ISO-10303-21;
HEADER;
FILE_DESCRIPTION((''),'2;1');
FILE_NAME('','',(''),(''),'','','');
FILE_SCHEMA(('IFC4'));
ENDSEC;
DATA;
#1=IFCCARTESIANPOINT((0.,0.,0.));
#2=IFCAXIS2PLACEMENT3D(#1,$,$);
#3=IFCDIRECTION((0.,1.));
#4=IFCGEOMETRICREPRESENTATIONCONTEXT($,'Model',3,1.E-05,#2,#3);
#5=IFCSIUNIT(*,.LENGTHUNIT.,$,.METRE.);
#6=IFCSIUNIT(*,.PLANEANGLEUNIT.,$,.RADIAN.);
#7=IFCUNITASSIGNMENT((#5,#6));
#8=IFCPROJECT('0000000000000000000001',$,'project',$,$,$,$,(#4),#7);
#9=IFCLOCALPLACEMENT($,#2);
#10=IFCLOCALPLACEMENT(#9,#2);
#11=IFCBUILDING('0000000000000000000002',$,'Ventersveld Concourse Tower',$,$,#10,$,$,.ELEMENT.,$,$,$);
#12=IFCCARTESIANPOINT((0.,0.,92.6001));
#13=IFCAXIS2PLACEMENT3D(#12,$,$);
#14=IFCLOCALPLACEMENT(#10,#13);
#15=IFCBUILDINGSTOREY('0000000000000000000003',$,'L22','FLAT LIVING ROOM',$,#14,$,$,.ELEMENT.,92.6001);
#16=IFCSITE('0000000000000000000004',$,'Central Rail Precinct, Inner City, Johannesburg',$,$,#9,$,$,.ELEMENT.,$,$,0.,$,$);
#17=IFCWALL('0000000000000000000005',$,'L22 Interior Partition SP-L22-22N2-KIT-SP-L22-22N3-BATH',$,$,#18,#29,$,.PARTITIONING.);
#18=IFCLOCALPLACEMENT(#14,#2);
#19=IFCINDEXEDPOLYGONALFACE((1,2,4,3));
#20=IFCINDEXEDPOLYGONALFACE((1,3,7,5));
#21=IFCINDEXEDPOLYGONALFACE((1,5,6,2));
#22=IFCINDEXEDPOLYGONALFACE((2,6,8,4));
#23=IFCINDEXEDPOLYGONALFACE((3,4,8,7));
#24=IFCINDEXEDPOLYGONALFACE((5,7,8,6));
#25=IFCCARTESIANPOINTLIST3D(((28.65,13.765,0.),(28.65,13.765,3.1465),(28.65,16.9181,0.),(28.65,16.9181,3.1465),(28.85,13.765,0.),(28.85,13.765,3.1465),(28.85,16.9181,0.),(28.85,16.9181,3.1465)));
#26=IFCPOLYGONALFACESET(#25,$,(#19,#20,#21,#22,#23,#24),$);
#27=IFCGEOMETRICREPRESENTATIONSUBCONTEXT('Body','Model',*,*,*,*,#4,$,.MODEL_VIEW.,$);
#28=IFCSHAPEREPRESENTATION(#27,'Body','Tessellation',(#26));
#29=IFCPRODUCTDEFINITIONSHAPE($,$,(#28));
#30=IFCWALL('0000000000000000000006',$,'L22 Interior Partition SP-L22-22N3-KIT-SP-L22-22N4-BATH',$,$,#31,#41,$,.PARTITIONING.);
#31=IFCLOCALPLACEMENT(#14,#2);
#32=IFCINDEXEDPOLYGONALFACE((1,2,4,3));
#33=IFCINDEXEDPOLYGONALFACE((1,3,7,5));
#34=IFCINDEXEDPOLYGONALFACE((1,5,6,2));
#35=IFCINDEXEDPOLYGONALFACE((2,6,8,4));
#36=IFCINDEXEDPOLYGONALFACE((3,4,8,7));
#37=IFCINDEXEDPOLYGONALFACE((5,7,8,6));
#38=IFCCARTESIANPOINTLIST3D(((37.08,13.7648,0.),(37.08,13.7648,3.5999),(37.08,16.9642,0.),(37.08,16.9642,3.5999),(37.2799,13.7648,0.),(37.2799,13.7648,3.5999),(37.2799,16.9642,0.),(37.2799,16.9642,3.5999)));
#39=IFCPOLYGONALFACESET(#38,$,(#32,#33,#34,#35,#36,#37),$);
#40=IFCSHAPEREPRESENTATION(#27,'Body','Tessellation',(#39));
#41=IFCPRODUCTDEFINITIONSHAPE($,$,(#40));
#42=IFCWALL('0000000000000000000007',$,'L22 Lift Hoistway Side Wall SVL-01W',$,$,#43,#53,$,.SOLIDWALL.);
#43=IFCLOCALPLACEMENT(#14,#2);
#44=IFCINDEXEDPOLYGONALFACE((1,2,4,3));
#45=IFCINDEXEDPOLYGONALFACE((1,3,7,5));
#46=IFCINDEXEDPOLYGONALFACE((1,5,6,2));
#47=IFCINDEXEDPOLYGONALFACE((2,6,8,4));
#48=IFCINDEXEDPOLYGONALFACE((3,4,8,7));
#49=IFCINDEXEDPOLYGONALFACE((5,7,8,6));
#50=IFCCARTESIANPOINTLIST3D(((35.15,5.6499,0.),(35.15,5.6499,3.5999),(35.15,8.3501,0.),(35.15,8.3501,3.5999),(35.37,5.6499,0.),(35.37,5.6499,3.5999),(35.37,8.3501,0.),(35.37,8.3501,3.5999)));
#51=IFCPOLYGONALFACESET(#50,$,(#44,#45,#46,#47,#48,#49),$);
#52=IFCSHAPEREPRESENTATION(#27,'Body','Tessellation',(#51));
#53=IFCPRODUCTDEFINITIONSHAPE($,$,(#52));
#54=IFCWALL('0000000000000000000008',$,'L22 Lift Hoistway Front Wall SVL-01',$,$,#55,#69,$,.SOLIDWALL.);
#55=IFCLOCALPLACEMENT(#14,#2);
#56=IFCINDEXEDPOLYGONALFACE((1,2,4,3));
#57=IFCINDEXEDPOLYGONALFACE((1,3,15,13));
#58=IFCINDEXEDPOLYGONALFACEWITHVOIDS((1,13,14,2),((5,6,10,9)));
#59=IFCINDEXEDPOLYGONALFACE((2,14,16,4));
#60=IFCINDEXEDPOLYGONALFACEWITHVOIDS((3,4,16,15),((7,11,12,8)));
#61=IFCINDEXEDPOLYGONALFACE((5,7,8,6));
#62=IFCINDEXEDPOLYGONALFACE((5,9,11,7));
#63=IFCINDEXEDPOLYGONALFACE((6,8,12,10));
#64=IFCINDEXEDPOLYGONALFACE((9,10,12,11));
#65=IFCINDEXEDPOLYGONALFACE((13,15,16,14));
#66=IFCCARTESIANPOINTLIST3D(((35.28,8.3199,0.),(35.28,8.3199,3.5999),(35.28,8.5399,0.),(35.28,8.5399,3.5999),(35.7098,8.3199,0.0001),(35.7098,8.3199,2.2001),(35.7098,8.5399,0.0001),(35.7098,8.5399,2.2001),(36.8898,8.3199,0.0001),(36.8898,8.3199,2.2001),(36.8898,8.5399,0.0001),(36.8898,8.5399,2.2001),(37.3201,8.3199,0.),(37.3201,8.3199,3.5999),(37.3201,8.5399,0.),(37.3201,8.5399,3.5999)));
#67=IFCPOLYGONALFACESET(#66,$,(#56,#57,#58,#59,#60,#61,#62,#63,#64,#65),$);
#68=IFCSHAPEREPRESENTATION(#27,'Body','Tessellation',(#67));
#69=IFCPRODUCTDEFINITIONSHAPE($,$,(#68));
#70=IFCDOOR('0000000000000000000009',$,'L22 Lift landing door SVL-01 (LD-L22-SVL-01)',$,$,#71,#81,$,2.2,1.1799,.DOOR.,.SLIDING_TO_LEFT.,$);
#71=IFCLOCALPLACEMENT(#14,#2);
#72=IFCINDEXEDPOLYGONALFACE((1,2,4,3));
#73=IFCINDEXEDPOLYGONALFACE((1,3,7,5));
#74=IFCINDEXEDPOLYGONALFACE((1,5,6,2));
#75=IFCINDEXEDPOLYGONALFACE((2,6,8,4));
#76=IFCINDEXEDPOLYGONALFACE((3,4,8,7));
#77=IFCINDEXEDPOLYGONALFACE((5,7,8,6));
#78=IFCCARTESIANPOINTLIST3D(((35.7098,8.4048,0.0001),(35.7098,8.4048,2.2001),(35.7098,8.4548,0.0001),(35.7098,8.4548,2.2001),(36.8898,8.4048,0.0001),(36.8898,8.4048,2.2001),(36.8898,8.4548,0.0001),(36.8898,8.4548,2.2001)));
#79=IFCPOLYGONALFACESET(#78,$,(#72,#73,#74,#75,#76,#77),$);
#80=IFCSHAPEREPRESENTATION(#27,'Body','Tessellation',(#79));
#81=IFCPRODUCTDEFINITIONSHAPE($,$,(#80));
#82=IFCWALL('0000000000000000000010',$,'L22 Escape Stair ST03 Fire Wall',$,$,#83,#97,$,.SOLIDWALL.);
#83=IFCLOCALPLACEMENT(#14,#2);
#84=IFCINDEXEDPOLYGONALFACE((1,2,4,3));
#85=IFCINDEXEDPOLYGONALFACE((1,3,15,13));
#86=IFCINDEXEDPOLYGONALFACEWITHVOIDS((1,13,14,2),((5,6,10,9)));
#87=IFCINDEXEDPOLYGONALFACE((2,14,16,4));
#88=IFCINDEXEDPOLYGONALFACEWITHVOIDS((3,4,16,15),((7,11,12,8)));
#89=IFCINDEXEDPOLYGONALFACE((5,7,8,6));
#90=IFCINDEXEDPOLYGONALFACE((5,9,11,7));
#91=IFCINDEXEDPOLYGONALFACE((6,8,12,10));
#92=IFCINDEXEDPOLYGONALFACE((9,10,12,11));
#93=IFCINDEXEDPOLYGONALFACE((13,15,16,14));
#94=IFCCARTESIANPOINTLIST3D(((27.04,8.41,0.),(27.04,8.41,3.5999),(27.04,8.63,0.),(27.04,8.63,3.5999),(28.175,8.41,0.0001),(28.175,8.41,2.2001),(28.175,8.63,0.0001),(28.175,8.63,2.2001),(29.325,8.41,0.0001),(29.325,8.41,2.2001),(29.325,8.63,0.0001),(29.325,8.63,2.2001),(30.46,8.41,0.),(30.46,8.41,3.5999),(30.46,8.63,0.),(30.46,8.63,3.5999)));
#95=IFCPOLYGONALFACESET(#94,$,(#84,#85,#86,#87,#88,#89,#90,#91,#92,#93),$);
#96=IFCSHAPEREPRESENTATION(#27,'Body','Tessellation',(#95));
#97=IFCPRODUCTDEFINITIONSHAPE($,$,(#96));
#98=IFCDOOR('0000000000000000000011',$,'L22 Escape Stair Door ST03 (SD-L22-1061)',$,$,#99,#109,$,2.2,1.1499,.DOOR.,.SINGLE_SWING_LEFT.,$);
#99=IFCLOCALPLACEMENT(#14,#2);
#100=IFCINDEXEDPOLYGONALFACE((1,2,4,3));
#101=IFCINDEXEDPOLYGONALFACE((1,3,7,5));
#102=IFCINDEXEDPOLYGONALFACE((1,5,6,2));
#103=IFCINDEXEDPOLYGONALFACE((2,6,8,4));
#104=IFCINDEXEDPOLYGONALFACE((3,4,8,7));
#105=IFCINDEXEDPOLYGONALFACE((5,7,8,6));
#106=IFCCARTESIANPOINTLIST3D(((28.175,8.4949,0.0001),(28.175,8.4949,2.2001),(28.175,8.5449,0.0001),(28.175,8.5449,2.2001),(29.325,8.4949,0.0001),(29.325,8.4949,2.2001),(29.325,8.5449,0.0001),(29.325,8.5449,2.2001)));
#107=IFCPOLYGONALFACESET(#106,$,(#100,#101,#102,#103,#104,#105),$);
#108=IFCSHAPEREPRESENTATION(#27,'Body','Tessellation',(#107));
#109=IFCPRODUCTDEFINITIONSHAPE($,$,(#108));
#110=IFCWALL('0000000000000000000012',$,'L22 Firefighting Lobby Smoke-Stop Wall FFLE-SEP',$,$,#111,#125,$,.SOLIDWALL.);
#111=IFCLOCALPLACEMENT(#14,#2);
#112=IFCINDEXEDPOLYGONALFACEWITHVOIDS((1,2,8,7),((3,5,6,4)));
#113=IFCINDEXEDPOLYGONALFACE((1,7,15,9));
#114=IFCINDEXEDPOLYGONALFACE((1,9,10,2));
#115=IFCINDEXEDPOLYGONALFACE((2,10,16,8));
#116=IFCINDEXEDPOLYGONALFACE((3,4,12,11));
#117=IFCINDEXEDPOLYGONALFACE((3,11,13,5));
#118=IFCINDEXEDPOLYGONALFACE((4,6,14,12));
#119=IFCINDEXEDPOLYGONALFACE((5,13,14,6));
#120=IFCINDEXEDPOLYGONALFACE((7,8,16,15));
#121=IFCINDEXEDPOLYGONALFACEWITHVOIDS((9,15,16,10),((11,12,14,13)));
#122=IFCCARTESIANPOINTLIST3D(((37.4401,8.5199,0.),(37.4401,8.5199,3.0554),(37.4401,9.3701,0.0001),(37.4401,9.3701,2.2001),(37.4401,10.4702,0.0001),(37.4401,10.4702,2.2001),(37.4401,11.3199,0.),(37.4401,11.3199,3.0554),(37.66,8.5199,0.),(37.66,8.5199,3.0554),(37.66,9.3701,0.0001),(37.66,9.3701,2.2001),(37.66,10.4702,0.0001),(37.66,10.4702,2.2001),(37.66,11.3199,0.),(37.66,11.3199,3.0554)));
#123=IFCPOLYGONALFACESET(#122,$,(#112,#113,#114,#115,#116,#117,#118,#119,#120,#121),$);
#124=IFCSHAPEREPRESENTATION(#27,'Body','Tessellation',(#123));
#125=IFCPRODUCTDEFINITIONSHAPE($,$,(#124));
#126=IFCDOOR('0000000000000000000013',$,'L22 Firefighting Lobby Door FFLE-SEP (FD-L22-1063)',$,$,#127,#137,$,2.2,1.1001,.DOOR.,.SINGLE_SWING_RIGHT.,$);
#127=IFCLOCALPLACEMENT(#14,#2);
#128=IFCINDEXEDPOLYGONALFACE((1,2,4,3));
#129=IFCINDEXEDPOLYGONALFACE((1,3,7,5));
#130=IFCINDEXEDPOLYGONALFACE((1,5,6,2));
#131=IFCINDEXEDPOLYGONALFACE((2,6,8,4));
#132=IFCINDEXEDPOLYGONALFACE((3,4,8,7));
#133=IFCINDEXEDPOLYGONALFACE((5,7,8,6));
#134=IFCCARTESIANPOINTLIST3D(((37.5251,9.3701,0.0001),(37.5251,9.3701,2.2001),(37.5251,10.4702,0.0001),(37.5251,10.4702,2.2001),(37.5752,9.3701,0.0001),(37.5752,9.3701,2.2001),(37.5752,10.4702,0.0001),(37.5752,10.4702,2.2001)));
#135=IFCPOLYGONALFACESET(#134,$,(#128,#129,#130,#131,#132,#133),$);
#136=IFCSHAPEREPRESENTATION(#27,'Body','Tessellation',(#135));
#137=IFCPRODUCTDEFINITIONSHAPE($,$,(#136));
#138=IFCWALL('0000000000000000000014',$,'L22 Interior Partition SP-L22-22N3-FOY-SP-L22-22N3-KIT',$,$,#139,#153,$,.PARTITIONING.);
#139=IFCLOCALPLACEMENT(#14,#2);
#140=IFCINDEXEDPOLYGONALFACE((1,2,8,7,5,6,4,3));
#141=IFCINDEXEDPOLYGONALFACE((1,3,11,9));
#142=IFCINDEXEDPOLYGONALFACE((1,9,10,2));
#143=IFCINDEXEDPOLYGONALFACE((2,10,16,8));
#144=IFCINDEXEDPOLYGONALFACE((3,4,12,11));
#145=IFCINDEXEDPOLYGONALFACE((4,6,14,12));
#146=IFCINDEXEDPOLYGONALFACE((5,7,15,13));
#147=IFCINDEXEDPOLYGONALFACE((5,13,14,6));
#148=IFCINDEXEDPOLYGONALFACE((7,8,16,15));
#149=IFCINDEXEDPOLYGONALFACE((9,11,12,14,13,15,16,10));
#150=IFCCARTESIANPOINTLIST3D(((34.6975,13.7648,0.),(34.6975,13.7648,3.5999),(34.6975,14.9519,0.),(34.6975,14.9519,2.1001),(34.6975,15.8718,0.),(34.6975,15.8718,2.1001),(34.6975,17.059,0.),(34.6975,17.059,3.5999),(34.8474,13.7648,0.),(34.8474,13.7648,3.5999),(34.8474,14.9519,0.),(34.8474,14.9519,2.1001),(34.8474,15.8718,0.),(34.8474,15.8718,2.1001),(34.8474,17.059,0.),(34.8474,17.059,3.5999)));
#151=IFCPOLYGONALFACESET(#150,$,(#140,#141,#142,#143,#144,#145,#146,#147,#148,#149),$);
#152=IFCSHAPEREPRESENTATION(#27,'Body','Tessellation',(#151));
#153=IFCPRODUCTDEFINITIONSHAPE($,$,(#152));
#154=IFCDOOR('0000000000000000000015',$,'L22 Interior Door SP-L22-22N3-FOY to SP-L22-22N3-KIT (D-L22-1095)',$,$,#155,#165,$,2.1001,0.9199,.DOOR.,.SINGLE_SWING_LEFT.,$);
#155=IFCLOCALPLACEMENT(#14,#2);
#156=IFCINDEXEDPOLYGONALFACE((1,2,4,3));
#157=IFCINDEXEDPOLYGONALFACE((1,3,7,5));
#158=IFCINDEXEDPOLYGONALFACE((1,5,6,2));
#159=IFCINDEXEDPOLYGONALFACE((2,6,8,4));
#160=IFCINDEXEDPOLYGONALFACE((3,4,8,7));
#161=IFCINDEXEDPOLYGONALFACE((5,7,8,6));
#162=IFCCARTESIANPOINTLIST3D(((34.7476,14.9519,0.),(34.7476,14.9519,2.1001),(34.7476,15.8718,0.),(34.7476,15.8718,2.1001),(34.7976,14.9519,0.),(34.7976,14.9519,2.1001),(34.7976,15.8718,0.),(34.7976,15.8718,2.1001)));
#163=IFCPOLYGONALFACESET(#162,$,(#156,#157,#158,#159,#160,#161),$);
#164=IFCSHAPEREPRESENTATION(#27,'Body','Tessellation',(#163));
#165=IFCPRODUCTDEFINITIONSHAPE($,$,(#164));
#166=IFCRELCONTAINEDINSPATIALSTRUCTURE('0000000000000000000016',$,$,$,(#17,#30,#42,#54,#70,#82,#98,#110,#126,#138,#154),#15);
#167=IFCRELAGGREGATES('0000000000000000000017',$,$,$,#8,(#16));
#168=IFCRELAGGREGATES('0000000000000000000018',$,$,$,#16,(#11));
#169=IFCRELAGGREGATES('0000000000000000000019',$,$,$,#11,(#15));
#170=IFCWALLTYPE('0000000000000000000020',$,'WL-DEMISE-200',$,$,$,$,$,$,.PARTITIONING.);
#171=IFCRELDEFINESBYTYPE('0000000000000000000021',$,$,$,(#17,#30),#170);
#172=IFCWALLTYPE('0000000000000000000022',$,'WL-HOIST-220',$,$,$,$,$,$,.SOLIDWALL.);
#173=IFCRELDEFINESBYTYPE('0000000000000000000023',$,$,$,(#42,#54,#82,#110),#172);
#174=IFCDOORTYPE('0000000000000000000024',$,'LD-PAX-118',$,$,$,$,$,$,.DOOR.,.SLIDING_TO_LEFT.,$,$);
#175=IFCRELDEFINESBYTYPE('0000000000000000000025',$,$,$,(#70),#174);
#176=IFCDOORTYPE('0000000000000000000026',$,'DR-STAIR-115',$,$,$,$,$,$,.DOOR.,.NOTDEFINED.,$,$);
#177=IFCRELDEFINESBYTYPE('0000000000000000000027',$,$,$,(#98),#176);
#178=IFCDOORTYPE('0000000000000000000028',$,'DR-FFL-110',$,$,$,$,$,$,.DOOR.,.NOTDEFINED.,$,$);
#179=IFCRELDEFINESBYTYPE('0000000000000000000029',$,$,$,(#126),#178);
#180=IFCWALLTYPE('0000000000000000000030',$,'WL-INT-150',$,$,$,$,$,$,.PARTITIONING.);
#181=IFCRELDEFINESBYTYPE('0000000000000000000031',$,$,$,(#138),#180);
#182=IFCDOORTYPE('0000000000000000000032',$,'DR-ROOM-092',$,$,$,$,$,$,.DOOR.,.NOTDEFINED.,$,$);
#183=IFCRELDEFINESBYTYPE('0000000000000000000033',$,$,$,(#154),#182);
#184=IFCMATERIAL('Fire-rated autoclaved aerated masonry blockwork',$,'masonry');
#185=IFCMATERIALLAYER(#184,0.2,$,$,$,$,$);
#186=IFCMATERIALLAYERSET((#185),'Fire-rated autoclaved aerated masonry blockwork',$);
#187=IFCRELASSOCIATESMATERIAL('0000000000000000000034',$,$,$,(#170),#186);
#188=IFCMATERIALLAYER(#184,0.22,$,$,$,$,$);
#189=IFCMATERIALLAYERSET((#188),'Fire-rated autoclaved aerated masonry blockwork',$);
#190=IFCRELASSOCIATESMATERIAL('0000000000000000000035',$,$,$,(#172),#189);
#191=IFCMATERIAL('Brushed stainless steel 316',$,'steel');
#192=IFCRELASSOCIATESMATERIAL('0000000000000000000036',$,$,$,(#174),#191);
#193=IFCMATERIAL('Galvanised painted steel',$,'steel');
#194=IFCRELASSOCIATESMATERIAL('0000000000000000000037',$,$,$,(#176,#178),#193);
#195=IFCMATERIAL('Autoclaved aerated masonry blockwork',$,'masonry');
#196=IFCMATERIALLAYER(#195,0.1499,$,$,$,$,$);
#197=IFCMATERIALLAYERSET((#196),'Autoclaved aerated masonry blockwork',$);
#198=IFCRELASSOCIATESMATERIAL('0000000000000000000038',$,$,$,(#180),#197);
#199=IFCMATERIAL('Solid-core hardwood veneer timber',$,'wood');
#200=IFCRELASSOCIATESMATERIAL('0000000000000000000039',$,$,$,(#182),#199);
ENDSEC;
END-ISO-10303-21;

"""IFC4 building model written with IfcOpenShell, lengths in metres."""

from ifc_helpers import new_model, si_unit, direction, frame, frame_2d, origin, place, context, subcontext, project, spatial, rectangle, extrude, material, layer, layer_set, type_object, element, fill, save


model = new_model("IFC4")

# Units and contexts
model_context = context("Model", 3, precision=1e-05, world=origin(), true_north=direction((0.0, 1.0)))
body_context = subcontext(model_context, "Body", "Model", "MODEL_VIEW")
ifc_project = project(units=[si_unit("LENGTHUNIT", "METRE"), si_unit("PLANEANGLEUNIT", "RADIAN")], contexts=[model_context])

# Site, building, storey
site_placement = place(None, origin())
site = spatial("IfcSite", under=ifc_project, at=site_placement, Name="Central Rail Precinct, Inner City, Johannesburg", CompositionType="ELEMENT", RefElevation=0.0)
building_placement = place(site_placement, origin())
building = spatial("IfcBuilding", under=site, at=building_placement, Name="Ventersveld Concourse Tower", CompositionType="ELEMENT")
storey_placement = place(building_placement, frame((0.0, 0.0, 92.6001)))
storey = spatial("IfcBuildingStorey", under=building, at=storey_placement, Name="L22", Description="FLAT LIVING ROOM", CompositionType="ELEMENT", Elevation=92.6001)

# Shared definitions
ifc_material_1 = material(Name="Fire-rated autoclaved aerated masonry blockwork", Category="masonry")
ifc_material_2 = material(Name="Galvanised painted steel", Category="steel")

# Shared definitions
ifc_material_3 = material(Name="Solid-core hardwood veneer timber", Category="wood")

# Walls
ifc_layer_1 = layer(ifc_material_1, 0.2)
ifc_layer_set_1 = layer_set([ifc_layer_1], Name="Fire-rated autoclaved aerated masonry blockwork")
wall_type_1 = type_object("IfcWallType", Name="WL-DEMISE-200", PredefinedType="PARTITIONING", material=ifc_layer_set_1)
wall_1_placement = place(storey_placement, frame((28.75, 13.7649, 0.0), z_axis=(0.0, 0.0, 1.0), x_axis=(0.0, 1.0, 0.0)))
element("IfcWall", 1, at=wall_1_placement, inside=storey, type_object=wall_type_1, Name="L22 Interior Partition SP-L22-22N2-KIT-SP-L22-22N3-BATH", PredefinedType="PARTITIONING", context=body_context, shape_type="SweptSolid", body=[
    extrude(rectangle(XDim=3.1531, YDim=0.2, at=frame_2d((1.5767, 0.0))), origin(), (0.0, 0.0, 1.0), 3.1465),
])
wall_2_placement = place(storey_placement, frame((37.1799, 13.7649, 0.0), z_axis=(0.0, 0.0, 1.0), x_axis=(0.0, 1.0, 0.0)))
element("IfcWall", 2, at=wall_2_placement, inside=storey, type_object=wall_type_1, Name="L22 Interior Partition SP-L22-22N3-KIT-SP-L22-22N4-BATH", PredefinedType="PARTITIONING", context=body_context, shape_type="SweptSolid", body=[
    extrude(rectangle(XDim=3.1995, YDim=0.2, at=frame_2d((1.5996, 0.0))), origin(), (0.0, 0.0, 1.0), 3.5999),
])
ifc_layer_2 = layer(ifc_material_1, 0.22)
ifc_layer_set_2 = layer_set([ifc_layer_2], Name="Fire-rated autoclaved aerated masonry blockwork")
wall_type_2 = type_object("IfcWallType", Name="WL-HOIST-220", PredefinedType="SOLIDWALL", material=ifc_layer_set_2)
wall_3_placement = place(storey_placement, frame((35.26, 5.6499, 0.0), z_axis=(0.0, 0.0, 1.0), x_axis=(0.0, 1.0, 0.0)))
element("IfcWall", 3, at=wall_3_placement, inside=storey, type_object=wall_type_2, Name="L22 Lift Hoistway Side Wall SVL-01W", PredefinedType="SOLIDWALL", context=body_context, shape_type="SweptSolid", body=[
    extrude(rectangle(XDim=2.7002, YDim=0.22, at=frame_2d((1.3501, 0.0))), origin(), (0.0, 0.0, 1.0), 3.5999),
])

# Walls, openings, doors
wall_4_placement = place(storey_placement, frame((35.28, 8.4299, 0.0), z_axis=(0.0, 0.0, 1.0), x_axis=(1.0, 0.0, 0.0)))
wall_4 = element("IfcWall", 4, at=wall_4_placement, inside=storey, type_object=wall_type_2, Name="L22 Lift Hoistway Front Wall SVL-01", PredefinedType="SOLIDWALL", context=body_context, shape_type="SweptSolid", body=[
    extrude(rectangle(XDim=2.04, YDim=0.22, at=frame_2d((1.02, 0.0))), origin(), (0.0, 0.0, 1.0), 3.5999),
])
opening_1_placement = place(wall_4_placement, frame((0.4299, 0.0, 0.0)))
opening_1 = element("IfcOpeningElement", 5, at=opening_1_placement, cuts=wall_4, PredefinedType="OPENING", context=body_context, shape_type="SweptSolid", body=[
    extrude(rectangle(XDim=1.1799, YDim=2.2, at=frame_2d((0.5898, 1.1001))), frame((0.0, 0.1201, 0.0), z_axis=(0.0, -1.0, 0.0), x_axis=(1.0, 0.0, 0.0)), (0.0, 0.0, 1.0), 0.24),
])
ifc_material_4 = material(Name="Brushed stainless steel 316", Category="steel")
door_type_1 = type_object("IfcDoorType", Name="LD-PAX-118", OperationType="SLIDING_TO_LEFT", PredefinedType="DOOR", material=ifc_material_4)
door_1_placement = place(opening_1_placement, origin())
door_1 = element("IfcDoor", 6, at=door_1_placement, inside=storey, type_object=door_type_1, Name="L22 Lift landing door SVL-01 (LD-L22-SVL-01)", OperationType="SLIDING_TO_LEFT", OverallHeight=2.2, OverallWidth=1.1799, PredefinedType="DOOR", context=body_context, shape_type="SweptSolid", body=[
    extrude(rectangle(XDim=1.1799, YDim=2.2, at=frame_2d((0.5898, 1.1001))), frame((0.0, 0.0249, 0.0), z_axis=(0.0, -1.0, 0.0), x_axis=(1.0, 0.0, 0.0)), (0.0, 0.0, 1.0), 0.05),
])
fill(opening_1, door_1)
wall_5_placement = place(storey_placement, frame((27.04, 8.52, 0.0), z_axis=(0.0, 0.0, 1.0), x_axis=(1.0, 0.0, 0.0)))
wall_5 = element("IfcWall", 7, at=wall_5_placement, inside=storey, type_object=wall_type_2, Name="L22 Escape Stair ST03 Fire Wall", PredefinedType="SOLIDWALL", context=body_context, shape_type="SweptSolid", body=[
    extrude(rectangle(XDim=3.4199, YDim=0.22, at=frame_2d((1.71, 0.0))), origin(), (0.0, 0.0, 1.0), 3.5999),
])
opening_2_placement = place(wall_5_placement, frame((1.135, 0.0, 0.0)))
opening_2 = element("IfcOpeningElement", 8, at=opening_2_placement, cuts=wall_5, PredefinedType="OPENING", context=body_context, shape_type="SweptSolid", body=[
    extrude(rectangle(XDim=1.1499, YDim=2.2, at=frame_2d((0.575, 1.1001))), frame((0.0, 0.1201, 0.0), z_axis=(0.0, -1.0, 0.0), x_axis=(1.0, 0.0, 0.0)), (0.0, 0.0, 1.0), 0.24),
])
door_type_2 = type_object("IfcDoorType", Name="DR-STAIR-115", OperationType="NOTDEFINED", PredefinedType="DOOR", material=ifc_material_2)
door_2_placement = place(opening_2_placement, origin())
door_2 = element("IfcDoor", 9, at=door_2_placement, inside=storey, type_object=door_type_2, Name="L22 Escape Stair Door ST03 (SD-L22-1061)", OperationType="SINGLE_SWING_LEFT", OverallHeight=2.2, OverallWidth=1.1499, PredefinedType="DOOR", context=body_context, shape_type="SweptSolid", body=[
    extrude(rectangle(XDim=1.1499, YDim=2.2, at=frame_2d((0.575, 1.1001))), frame((0.0, 0.0249, 0.0), z_axis=(0.0, -1.0, 0.0), x_axis=(1.0, 0.0, 0.0)), (0.0, 0.0, 1.0), 0.05),
])
fill(opening_2, door_2)
wall_6_placement = place(storey_placement, frame((37.55, 8.52, 0.0), z_axis=(0.0, 0.0, 1.0), x_axis=(0.0, 1.0, 0.0)))
wall_6 = element("IfcWall", 10, at=wall_6_placement, inside=storey, type_object=wall_type_2, Name="L22 Firefighting Lobby Smoke-Stop Wall FFLE-SEP", PredefinedType="SOLIDWALL", context=body_context, shape_type="SweptSolid", body=[
    extrude(rectangle(XDim=2.8, YDim=0.22, at=frame_2d((1.3999, 0.0))), origin(), (0.0, 0.0, 1.0), 3.0554),
])
opening_3_placement = place(wall_6_placement, frame((0.8501, 0.0, 0.0)))
opening_3 = element("IfcOpeningElement", 11, at=opening_3_placement, cuts=wall_6, PredefinedType="OPENING", context=body_context, shape_type="SweptSolid", body=[
    extrude(rectangle(XDim=1.1001, YDim=2.2, at=frame_2d((0.55, 1.1001))), frame((0.0, 0.1201, 0.0), z_axis=(0.0, -1.0, 0.0), x_axis=(1.0, 0.0, 0.0)), (0.0, 0.0, 1.0), 0.24),
])
door_type_3 = type_object("IfcDoorType", Name="DR-FFL-110", OperationType="NOTDEFINED", PredefinedType="DOOR", material=ifc_material_2)
door_3_placement = place(opening_3_placement, origin())
door_3 = element("IfcDoor", 12, at=door_3_placement, inside=storey, type_object=door_type_3, Name="L22 Firefighting Lobby Door FFLE-SEP (FD-L22-1063)", OperationType="SINGLE_SWING_RIGHT", OverallHeight=2.2, OverallWidth=1.1001, PredefinedType="DOOR", context=body_context, shape_type="SweptSolid", body=[
    extrude(rectangle(XDim=1.1001, YDim=2.2, at=frame_2d((0.55, 1.1001))), frame((0.0, 0.0249, 0.0), z_axis=(0.0, -1.0, 0.0), x_axis=(1.0, 0.0, 0.0)), (0.0, 0.0, 1.0), 0.05),
])
fill(opening_3, door_3)
ifc_material_5 = material(Name="Autoclaved aerated masonry blockwork", Category="masonry")
ifc_layer_3 = layer(ifc_material_5, 0.1499)
ifc_layer_set_3 = layer_set([ifc_layer_3], Name="Autoclaved aerated masonry blockwork")
wall_type_3 = type_object("IfcWallType", Name="WL-INT-150", PredefinedType="PARTITIONING", material=ifc_layer_set_3)
wall_7_placement = place(storey_placement, frame((34.7725, 13.7649, 0.0), z_axis=(0.0, 0.0, 1.0), x_axis=(0.0, 1.0, 0.0)))
wall_7 = element("IfcWall", 13, at=wall_7_placement, inside=storey, type_object=wall_type_3, Name="L22 Interior Partition SP-L22-22N3-FOY-SP-L22-22N3-KIT", PredefinedType="PARTITIONING", context=body_context, shape_type="SweptSolid", body=[
    extrude(rectangle(XDim=3.2942, YDim=0.1499, at=frame_2d((1.647, 0.0))), origin(), (0.0, 0.0, 1.0), 3.5999),
])
opening_4_placement = place(wall_7_placement, frame((1.187, 0.0, 0.0)))
opening_4 = element("IfcOpeningElement", 14, at=opening_4_placement, cuts=wall_7, PredefinedType="OPENING", context=body_context, shape_type="SweptSolid", body=[
    extrude(rectangle(XDim=0.9199, YDim=2.1001, at=frame_2d((0.46, 1.05))), frame((0.0, 0.085, 0.0), z_axis=(0.0, -1.0, 0.0), x_axis=(1.0, 0.0, 0.0)), (0.0, 0.0, 1.0), 0.1699),
])
door_type_4 = type_object("IfcDoorType", Name="DR-ROOM-092", OperationType="NOTDEFINED", PredefinedType="DOOR", material=ifc_material_3)
door_4_placement = place(opening_4_placement, origin())
door_4 = element("IfcDoor", 15, at=door_4_placement, inside=storey, type_object=door_type_4, Name="L22 Interior Door SP-L22-22N3-FOY to SP-L22-22N3-KIT (D-L22-1095)", OperationType="SINGLE_SWING_LEFT", OverallHeight=2.1001, OverallWidth=0.9199, PredefinedType="DOOR", context=body_context, shape_type="SweptSolid", body=[
    extrude(rectangle(XDim=0.9199, YDim=2.1001, at=frame_2d((0.46, 1.05))), frame((0.0, 0.0249, 0.0), z_axis=(0.0, -1.0, 0.0), x_axis=(1.0, 0.0, 0.0)), (0.0, 0.0, 1.0), 0.05),
])
fill(opening_4, door_4)

save(model, "model.ifc")
